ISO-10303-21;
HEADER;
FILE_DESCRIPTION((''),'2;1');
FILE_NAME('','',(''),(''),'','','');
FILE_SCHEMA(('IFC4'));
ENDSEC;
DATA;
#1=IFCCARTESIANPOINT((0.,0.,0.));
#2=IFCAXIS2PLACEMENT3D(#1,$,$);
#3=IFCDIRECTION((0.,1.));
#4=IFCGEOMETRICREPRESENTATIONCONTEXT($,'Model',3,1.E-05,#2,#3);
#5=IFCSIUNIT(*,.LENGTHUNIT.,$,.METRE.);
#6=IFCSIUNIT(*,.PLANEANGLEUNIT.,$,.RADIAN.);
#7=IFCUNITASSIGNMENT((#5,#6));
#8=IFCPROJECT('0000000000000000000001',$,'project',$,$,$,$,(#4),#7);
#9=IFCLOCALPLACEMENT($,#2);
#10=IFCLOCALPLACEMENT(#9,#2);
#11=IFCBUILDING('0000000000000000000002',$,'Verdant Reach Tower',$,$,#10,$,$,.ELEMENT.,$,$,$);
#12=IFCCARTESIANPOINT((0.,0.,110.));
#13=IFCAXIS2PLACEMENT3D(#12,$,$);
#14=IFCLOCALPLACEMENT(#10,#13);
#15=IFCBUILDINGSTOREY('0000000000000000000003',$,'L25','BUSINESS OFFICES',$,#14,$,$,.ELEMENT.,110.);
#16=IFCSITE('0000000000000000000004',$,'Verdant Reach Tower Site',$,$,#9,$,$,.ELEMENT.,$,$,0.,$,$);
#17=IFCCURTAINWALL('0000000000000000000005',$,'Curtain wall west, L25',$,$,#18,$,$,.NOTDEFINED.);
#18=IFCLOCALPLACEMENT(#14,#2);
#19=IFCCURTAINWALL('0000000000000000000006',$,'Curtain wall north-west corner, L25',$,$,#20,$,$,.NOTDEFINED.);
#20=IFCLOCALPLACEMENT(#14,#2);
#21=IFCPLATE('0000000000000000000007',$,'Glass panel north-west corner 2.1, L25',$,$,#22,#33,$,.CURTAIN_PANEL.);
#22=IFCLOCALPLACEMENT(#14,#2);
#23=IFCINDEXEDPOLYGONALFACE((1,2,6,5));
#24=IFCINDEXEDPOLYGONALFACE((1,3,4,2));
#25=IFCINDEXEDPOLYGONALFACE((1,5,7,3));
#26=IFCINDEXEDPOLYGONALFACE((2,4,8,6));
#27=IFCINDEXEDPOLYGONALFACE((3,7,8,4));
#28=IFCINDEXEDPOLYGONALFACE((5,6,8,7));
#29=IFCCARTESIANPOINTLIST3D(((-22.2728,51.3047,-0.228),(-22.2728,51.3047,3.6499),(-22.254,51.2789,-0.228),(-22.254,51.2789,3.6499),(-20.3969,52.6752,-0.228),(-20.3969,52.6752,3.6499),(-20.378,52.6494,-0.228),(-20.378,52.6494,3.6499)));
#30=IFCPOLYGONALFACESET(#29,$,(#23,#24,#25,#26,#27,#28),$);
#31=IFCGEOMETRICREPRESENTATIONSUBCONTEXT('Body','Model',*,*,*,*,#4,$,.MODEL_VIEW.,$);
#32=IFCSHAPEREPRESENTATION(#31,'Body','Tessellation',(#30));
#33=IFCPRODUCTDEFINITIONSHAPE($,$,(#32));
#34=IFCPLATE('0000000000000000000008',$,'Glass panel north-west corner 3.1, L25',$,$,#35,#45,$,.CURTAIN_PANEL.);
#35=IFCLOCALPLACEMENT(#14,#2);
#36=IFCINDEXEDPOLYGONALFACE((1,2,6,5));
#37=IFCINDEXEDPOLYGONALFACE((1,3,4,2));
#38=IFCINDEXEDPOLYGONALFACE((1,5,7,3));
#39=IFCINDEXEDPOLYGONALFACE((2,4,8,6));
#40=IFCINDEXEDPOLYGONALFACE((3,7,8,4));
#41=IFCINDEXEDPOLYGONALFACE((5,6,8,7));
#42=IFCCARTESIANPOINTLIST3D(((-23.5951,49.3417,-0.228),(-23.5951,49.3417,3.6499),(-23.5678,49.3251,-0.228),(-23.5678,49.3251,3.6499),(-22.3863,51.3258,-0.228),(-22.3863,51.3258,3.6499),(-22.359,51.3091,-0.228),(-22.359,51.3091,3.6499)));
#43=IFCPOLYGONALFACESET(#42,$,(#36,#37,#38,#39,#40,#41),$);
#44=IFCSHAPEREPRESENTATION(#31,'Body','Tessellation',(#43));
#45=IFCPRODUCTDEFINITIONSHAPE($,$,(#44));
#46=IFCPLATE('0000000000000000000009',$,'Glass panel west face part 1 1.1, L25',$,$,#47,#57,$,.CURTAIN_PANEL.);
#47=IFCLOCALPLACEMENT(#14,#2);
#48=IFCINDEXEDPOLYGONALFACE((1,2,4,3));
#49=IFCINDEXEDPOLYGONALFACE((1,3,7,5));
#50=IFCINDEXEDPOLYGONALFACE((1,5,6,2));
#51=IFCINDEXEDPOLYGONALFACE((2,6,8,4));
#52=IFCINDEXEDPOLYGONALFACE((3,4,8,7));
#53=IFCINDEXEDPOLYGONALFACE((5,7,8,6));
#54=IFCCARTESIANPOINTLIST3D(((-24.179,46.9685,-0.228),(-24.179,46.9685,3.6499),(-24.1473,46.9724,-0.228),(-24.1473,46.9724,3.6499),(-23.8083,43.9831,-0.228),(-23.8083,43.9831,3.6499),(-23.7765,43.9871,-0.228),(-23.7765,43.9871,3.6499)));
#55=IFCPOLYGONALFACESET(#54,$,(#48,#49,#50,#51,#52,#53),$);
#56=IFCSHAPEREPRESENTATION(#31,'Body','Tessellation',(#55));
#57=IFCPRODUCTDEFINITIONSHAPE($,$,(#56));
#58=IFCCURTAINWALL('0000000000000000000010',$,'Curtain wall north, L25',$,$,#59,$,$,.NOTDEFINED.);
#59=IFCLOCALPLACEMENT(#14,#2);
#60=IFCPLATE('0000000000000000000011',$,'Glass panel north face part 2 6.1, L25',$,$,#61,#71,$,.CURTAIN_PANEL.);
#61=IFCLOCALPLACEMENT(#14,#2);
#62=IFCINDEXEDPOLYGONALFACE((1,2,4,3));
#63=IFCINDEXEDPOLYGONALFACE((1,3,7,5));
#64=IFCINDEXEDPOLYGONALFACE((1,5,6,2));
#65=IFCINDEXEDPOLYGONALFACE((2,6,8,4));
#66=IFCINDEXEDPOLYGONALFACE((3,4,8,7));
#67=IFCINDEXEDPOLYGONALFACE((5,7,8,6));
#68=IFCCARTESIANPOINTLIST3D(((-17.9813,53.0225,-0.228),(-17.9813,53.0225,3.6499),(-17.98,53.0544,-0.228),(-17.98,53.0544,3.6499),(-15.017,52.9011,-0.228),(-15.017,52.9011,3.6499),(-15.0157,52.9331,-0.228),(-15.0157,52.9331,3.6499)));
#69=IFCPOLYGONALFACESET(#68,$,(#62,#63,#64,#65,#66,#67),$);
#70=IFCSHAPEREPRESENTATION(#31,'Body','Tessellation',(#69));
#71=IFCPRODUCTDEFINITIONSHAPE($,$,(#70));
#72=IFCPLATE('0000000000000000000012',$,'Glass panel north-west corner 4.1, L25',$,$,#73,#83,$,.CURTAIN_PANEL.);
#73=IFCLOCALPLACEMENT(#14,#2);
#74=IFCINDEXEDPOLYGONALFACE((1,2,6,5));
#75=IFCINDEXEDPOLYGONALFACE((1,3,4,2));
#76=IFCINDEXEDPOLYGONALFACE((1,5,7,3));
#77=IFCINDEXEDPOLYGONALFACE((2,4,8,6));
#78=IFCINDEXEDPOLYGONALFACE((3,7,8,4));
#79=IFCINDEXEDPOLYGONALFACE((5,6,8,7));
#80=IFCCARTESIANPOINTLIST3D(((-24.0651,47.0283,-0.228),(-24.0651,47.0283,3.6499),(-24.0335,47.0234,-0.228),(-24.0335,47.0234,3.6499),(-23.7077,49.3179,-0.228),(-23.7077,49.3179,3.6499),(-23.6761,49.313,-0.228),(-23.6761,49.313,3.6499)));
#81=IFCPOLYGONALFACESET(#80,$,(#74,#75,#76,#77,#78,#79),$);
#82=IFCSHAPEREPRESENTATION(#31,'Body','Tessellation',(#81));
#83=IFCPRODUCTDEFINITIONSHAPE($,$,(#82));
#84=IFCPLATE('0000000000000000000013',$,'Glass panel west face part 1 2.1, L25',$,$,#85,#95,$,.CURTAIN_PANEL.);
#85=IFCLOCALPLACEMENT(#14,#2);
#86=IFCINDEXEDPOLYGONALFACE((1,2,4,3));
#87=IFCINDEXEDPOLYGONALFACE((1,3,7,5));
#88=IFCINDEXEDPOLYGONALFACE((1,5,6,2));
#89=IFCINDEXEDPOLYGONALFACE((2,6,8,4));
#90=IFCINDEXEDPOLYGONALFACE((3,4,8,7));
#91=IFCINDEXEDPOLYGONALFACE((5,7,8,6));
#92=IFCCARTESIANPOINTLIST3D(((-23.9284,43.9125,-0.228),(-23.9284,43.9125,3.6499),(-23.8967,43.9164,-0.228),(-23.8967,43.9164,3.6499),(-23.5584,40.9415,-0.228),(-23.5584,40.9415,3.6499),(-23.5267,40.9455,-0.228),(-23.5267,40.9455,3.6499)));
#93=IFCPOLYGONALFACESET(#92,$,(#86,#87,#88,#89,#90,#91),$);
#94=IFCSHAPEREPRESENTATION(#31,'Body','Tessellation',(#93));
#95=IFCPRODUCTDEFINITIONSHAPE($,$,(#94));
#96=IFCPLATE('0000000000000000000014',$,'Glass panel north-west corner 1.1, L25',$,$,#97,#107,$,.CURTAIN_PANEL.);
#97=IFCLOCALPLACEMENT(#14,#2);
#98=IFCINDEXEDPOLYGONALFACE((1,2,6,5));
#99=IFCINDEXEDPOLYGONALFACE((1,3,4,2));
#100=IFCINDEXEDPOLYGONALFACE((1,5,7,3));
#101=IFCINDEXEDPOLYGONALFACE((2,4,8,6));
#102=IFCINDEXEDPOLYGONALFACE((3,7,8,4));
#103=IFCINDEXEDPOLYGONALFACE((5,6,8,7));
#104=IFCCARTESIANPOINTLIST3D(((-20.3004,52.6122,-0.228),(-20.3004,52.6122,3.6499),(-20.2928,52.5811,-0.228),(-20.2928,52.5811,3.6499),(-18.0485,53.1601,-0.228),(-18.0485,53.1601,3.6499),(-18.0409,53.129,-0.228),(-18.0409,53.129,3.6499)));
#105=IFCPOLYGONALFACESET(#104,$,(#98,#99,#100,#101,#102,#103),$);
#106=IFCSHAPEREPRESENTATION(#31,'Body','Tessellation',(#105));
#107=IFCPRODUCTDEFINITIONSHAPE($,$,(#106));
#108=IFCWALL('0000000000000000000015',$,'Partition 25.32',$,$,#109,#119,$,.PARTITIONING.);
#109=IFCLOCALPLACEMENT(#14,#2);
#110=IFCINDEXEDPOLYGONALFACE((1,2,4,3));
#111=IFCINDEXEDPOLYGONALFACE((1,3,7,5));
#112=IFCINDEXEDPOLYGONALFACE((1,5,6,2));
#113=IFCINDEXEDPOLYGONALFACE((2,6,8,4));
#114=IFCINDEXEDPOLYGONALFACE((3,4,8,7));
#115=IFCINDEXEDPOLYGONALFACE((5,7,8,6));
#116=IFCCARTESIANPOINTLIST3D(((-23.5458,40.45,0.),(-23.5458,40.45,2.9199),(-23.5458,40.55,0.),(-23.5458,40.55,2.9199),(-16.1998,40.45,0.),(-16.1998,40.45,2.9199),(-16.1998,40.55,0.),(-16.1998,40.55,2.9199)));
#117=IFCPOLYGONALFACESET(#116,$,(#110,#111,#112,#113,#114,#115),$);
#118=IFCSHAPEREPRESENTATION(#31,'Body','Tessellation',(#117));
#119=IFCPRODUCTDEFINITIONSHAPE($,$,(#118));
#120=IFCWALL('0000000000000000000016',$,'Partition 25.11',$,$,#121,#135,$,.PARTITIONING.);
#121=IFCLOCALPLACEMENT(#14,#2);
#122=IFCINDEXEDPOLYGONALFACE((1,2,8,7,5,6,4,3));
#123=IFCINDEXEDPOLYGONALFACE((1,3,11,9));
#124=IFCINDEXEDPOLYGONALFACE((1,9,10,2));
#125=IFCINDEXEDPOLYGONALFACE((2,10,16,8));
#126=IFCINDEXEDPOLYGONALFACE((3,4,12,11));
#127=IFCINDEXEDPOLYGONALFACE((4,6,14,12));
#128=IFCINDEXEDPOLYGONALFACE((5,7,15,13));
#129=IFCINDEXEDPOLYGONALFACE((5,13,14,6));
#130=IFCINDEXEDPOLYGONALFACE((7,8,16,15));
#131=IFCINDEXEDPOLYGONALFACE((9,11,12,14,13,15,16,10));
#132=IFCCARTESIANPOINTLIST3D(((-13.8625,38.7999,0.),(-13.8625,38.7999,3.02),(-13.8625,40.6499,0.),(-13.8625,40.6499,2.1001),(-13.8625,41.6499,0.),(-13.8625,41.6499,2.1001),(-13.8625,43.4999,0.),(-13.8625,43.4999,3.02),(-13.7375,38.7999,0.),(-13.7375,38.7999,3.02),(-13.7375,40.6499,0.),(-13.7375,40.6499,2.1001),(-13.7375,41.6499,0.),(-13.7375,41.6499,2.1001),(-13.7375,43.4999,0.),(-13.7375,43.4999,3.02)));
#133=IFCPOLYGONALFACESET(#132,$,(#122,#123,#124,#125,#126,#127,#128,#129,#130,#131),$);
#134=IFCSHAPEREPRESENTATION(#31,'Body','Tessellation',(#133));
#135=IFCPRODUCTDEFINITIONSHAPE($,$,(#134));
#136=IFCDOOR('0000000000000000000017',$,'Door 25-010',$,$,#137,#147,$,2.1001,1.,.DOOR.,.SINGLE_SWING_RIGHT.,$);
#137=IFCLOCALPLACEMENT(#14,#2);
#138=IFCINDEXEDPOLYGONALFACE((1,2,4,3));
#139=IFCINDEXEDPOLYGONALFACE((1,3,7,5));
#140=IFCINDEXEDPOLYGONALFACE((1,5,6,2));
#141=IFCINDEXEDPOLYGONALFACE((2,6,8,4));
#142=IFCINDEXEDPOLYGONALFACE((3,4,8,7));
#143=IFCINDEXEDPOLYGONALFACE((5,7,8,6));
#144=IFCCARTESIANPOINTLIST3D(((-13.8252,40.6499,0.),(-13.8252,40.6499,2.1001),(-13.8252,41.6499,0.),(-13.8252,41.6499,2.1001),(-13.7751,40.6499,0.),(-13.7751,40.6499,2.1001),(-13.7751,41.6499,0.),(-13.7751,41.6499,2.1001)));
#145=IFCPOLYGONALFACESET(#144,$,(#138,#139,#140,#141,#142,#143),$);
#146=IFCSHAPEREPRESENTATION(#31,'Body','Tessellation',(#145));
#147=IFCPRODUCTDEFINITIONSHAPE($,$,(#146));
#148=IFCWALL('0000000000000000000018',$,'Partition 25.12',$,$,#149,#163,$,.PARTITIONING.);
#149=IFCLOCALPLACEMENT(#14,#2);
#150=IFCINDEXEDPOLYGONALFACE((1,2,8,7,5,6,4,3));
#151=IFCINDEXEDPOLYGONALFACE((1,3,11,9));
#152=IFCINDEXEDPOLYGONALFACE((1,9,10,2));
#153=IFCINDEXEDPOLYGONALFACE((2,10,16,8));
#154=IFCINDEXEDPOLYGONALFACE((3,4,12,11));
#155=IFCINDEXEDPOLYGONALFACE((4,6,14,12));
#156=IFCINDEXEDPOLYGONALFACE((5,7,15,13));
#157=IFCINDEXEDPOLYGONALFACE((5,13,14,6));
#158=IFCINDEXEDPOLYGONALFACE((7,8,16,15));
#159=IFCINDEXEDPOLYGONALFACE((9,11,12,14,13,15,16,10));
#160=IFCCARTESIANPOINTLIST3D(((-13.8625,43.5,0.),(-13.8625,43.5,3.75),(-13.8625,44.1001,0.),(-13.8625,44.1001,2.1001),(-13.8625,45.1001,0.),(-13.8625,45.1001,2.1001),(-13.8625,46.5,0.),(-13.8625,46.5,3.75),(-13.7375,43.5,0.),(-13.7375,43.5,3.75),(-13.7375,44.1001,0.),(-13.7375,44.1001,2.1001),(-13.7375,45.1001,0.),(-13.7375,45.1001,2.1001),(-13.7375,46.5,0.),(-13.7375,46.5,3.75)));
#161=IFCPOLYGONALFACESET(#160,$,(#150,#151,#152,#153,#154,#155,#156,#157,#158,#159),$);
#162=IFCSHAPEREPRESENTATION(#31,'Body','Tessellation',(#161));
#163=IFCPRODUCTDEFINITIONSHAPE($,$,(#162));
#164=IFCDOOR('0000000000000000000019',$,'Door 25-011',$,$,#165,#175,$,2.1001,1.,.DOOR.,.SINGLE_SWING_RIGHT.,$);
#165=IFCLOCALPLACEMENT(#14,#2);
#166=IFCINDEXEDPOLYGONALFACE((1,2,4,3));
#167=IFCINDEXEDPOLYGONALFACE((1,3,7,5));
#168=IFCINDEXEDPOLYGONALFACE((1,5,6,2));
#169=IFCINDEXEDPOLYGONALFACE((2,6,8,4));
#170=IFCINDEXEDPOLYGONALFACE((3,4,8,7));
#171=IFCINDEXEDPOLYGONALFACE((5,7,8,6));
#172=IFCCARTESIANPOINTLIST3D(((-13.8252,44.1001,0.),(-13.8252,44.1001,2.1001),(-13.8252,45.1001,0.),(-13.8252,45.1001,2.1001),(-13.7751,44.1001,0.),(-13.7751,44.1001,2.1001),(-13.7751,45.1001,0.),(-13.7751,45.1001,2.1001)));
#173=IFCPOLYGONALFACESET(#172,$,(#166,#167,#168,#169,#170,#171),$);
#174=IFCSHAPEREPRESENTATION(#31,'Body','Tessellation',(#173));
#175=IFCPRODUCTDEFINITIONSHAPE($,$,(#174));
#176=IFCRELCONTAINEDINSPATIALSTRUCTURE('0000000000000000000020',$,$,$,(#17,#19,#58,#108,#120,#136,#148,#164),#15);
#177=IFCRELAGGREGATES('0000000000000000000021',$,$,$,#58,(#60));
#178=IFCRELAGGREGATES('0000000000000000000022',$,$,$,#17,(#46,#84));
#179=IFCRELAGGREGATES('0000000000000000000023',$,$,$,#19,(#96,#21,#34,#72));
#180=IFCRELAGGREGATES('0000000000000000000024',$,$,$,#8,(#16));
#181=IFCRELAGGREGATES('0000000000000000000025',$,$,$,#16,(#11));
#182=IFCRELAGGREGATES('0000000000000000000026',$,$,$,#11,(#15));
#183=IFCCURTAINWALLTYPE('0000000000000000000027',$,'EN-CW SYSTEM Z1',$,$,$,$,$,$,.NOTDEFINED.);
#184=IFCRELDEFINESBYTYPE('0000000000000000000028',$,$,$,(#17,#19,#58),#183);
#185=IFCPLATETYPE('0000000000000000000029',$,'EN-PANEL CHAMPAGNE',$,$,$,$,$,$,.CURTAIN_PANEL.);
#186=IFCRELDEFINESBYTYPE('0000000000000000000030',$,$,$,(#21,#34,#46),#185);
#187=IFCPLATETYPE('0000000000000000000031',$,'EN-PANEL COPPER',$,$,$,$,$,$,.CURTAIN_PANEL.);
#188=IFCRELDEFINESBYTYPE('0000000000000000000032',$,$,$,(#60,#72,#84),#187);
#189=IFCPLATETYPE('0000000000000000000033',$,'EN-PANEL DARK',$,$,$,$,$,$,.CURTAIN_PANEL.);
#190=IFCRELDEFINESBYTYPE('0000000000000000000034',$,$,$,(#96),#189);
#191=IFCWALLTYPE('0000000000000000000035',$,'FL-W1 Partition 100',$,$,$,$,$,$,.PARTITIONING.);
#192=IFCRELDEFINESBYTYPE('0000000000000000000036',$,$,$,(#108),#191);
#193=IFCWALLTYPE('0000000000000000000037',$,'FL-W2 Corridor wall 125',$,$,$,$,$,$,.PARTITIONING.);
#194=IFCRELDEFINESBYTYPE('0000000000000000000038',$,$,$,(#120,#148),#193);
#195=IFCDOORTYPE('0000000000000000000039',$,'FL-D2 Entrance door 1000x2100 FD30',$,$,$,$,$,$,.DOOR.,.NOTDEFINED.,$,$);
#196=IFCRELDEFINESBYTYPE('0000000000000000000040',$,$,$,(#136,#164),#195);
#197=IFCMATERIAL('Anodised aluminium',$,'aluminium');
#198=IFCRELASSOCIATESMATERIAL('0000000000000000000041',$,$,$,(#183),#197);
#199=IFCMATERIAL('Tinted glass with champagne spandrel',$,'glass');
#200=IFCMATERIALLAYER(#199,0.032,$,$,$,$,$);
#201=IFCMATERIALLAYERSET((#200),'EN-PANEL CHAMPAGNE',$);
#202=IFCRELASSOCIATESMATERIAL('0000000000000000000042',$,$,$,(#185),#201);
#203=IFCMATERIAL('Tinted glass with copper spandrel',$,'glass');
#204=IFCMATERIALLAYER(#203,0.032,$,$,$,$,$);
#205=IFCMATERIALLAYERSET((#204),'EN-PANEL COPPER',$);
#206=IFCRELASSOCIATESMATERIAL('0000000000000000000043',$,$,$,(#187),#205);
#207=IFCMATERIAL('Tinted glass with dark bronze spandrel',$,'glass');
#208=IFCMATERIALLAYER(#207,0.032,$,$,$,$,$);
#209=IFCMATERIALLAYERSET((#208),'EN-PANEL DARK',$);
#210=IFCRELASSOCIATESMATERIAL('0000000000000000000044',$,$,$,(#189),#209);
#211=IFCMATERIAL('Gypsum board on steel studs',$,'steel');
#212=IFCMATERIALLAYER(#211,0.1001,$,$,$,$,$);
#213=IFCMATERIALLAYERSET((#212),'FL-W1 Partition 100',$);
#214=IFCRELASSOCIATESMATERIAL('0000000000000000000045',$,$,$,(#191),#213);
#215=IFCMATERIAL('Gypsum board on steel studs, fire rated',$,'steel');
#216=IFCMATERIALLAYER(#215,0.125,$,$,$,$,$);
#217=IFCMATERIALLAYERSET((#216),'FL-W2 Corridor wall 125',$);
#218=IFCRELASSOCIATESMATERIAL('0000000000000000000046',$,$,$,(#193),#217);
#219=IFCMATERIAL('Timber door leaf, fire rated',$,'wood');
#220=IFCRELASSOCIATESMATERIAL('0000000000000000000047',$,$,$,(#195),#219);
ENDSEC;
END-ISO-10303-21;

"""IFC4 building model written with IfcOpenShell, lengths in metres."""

from ifc_helpers import new_model, si_unit, direction, frame, frame_2d, origin, origin_2d, place, context, subcontext, project, spatial, rectangle, extrude, material, layer, layer_set, type_object, element, fill, aggregate, save


model = new_model("IFC4")

# Units and contexts
model_context = context("Model", 3, precision=1e-05, world=origin(), true_north=direction((0.0, 1.0)))
body_context = subcontext(model_context, "Body", "Model", "MODEL_VIEW")
ifc_project = project(units=[si_unit("LENGTHUNIT", "METRE"), si_unit("PLANEANGLEUNIT", "RADIAN")], contexts=[model_context])

# Site, building, storey
site_placement = place(None, origin())
site = spatial("IfcSite", under=ifc_project, at=site_placement, Name="Verdant Reach Tower Site", CompositionType="ELEMENT", RefElevation=0.0)
building_placement = place(site_placement, origin())
building = spatial("IfcBuilding", under=site, at=building_placement, Name="Verdant Reach Tower", CompositionType="ELEMENT")
storey_placement = place(building_placement, frame((0.0, 0.0, 110.0)))
storey = spatial("IfcBuildingStorey", under=building, at=storey_placement, Name="L25", Description="BUSINESS OFFICES", CompositionType="ELEMENT", Elevation=110.0)

# Curtain wall
ifc_material_1 = material(Name="Anodised aluminium", Category="aluminium")
curtain_wall_type = type_object("IfcCurtainWallType", Name="EN-CW SYSTEM Z1", PredefinedType="NOTDEFINED", material=ifc_material_1)
curtain_wall_1_placement = place(storey_placement, origin())
curtain_wall_1 = element("IfcCurtainWall", 1, at=curtain_wall_1_placement, inside=storey, type_object=curtain_wall_type, Name="Curtain wall west, L25", PredefinedType="NOTDEFINED")

# Curtain wall, plates
curtain_wall_2_placement = place(storey_placement, origin())
curtain_wall_2 = element("IfcCurtainWall", 2, at=curtain_wall_2_placement, inside=storey, type_object=curtain_wall_type, Name="Curtain wall north-west corner, L25", PredefinedType="NOTDEFINED")
ifc_material_2 = material(Name="Tinted glass with champagne spandrel", Category="glass")
ifc_layer_1 = layer(ifc_material_2, 0.032)
ifc_layer_set_1 = layer_set([ifc_layer_1], Name="EN-PANEL CHAMPAGNE")
plate_type_1 = type_object("IfcPlateType", Name="EN-PANEL CHAMPAGNE", PredefinedType="CURTAIN_PANEL", material=ifc_layer_set_1)
plate_1_placement = place(storey_placement, frame((-21.3254, 51.9771, -0.228), z_axis=(0.0, 0.0, 1.0), x_axis=(-0.807457, -0.589927, 0.0)))
plate_1 = element("IfcPlate", 3, at=plate_1_placement, type_object=plate_type_1, Name="Glass panel north-west corner 2.1, L25", PredefinedType="CURTAIN_PANEL", context=body_context, shape_type="SweptSolid", body=[
    extrude(rectangle(XDim=2.3232, YDim=0.032, at=origin_2d()), origin(), (0.0, 0.0, 1.0), 3.8779),
])
plate_2_placement = place(storey_placement, frame((-22.9771, 50.3254, -0.228), z_axis=(0.0, 0.0, 1.0), x_axis=(-0.520292, -0.853989, 0.0)))
plate_2 = element("IfcPlate", 4, at=plate_2_placement, type_object=plate_type_1, Name="Glass panel north-west corner 3.1, L25", PredefinedType="CURTAIN_PANEL", context=body_context, shape_type="SweptSolid", body=[
    extrude(rectangle(XDim=2.3232, YDim=0.032, at=origin_2d()), origin(), (0.0, 0.0, 1.0), 3.8779),
])

# Plate
plate_3_placement = place(storey_placement, frame((-23.9778, 45.4778, -0.228), z_axis=(0.0, 0.0, 1.0), x_axis=(0.123256, -0.992375, 0.0)))
plate_3 = element("IfcPlate", 5, at=plate_3_placement, type_object=plate_type_1, Name="Glass panel west face part 1 1.1, L25", PredefinedType="CURTAIN_PANEL", context=body_context, shape_type="SweptSolid", body=[
    extrude(rectangle(XDim=3.0083, YDim=0.032, at=origin_2d()), origin(), (0.0, 0.0, 1.0), 3.8779),
])

# Curtain wall, plate
curtain_wall_3_placement = place(storey_placement, origin())
curtain_wall_3 = element("IfcCurtainWall", 6, at=curtain_wall_3_placement, inside=storey, type_object=curtain_wall_type, Name="Curtain wall north, L25", PredefinedType="NOTDEFINED")
ifc_material_3 = material(Name="Tinted glass with copper spandrel", Category="glass")
ifc_layer_2 = layer(ifc_material_3, 0.032)
ifc_layer_set_2 = layer_set([ifc_layer_2], Name="EN-PANEL COPPER")
plate_type_2 = type_object("IfcPlateType", Name="EN-PANEL COPPER", PredefinedType="CURTAIN_PANEL", material=ifc_layer_set_2)
plate_4_placement = place(storey_placement, frame((-16.4985, 52.9778, -0.228), z_axis=(0.0, 0.0, 1.0), x_axis=(-0.999163, 0.04091, 0.0)))
plate_4 = element("IfcPlate", 7, at=plate_4_placement, type_object=plate_type_2, Name="Glass panel north face part 2 6.1, L25", PredefinedType="CURTAIN_PANEL", context=body_context, shape_type="SweptSolid", body=[
    extrude(rectangle(XDim=2.9668, YDim=0.032, at=origin_2d()), origin(), (0.0, 0.0, 1.0), 3.8779),
])
aggregate(curtain_wall_3, [plate_4])

# Plates
plate_5_placement = place(storey_placement, frame((-23.8706, 48.1707, -0.228), z_axis=(0.0, 0.0, 1.0), x_axis=(-0.154248, -0.988032, 0.0)))
plate_5 = element("IfcPlate", 8, at=plate_5_placement, type_object=plate_type_2, Name="Glass panel north-west corner 4.1, L25", PredefinedType="CURTAIN_PANEL", context=body_context, shape_type="SweptSolid", body=[
    extrude(rectangle(XDim=2.3174, YDim=0.032, at=origin_2d()), origin(), (0.0, 0.0, 1.0), 3.8779),
])
plate_6_placement = place(storey_placement, frame((-23.7275, 42.429, -0.228), z_axis=(0.0, 0.0, 1.0), x_axis=(0.123579, -0.992335, 0.0)))
plate_6 = element("IfcPlate", 9, at=plate_6_placement, type_object=plate_type_2, Name="Glass panel west face part 1 2.1, L25", PredefinedType="CURTAIN_PANEL", context=body_context, shape_type="SweptSolid", body=[
    extrude(rectangle(XDim=2.9939, YDim=0.032, at=origin_2d()), origin(), (0.0, 0.0, 1.0), 3.8779),
])
aggregate(curtain_wall_1, [plate_3, plate_6])
ifc_material_4 = material(Name="Tinted glass with dark bronze spandrel", Category="glass")
ifc_layer_3 = layer(ifc_material_4, 0.032)
ifc_layer_set_3 = layer_set([ifc_layer_3], Name="EN-PANEL DARK")
plate_type_3 = type_object("IfcPlateType", Name="EN-PANEL DARK", PredefinedType="CURTAIN_PANEL", material=ifc_layer_set_3)
plate_7_placement = place(storey_placement, frame((-19.1707, 52.8706, -0.228), z_axis=(0.0, 0.0, 1.0), x_axis=(-0.971661, -0.23638, 0.0)))
plate_7 = element("IfcPlate", 10, at=plate_7_placement, type_object=plate_type_3, Name="Glass panel north-west corner 1.1, L25", PredefinedType="CURTAIN_PANEL", context=body_context, shape_type="SweptSolid", body=[
    extrude(rectangle(XDim=2.3176, YDim=0.032, at=origin_2d()), origin(), (0.0, 0.0, 1.0), 3.8779),
])
aggregate(curtain_wall_2, [plate_7, plate_1, plate_2, plate_5])

# Wall
ifc_material_5 = material(Name="Gypsum board on steel studs", Category="steel")
ifc_layer_4 = layer(ifc_material_5, 0.1001)
ifc_layer_set_4 = layer_set([ifc_layer_4], Name="FL-W1 Partition 100")
wall_type_1 = type_object("IfcWallType", Name="FL-W1 Partition 100", PredefinedType="PARTITIONING", material=ifc_layer_set_4)
wall_1_placement = place(storey_placement, frame((-16.2, 40.5, 0.0), z_axis=(0.0, 0.0, 1.0), x_axis=(-1.0, 0.0, 0.0)))
element("IfcWall", 11, at=wall_1_placement, inside=storey, type_object=wall_type_1, Name="Partition 25.32", PredefinedType="PARTITIONING", context=body_context, shape_type="SweptSolid", body=[
    extrude(rectangle(XDim=7.3459, YDim=0.1001, at=frame_2d((3.6729, 0.0))), origin(), (0.0, 0.0, 1.0), 2.9199),
])

# Walls, openings, doors
ifc_material_6 = material(Name="Gypsum board on steel studs, fire rated", Category="steel")
ifc_layer_5 = layer(ifc_material_6, 0.125)
ifc_layer_set_5 = layer_set([ifc_layer_5], Name="FL-W2 Corridor wall 125")
wall_type_2 = type_object("IfcWallType", Name="FL-W2 Corridor wall 125", PredefinedType="PARTITIONING", material=ifc_layer_set_5)
wall_2_placement = place(storey_placement, frame((-13.8, 43.5, 0.0), z_axis=(0.0, 0.0, 1.0), x_axis=(0.0, -1.0, 0.0)))
wall_2 = element("IfcWall", 12, at=wall_2_placement, inside=storey, type_object=wall_type_2, Name="Partition 25.11", PredefinedType="PARTITIONING", context=body_context, shape_type="SweptSolid", body=[
    extrude(rectangle(XDim=4.7, YDim=0.125, at=frame_2d((2.3501, 0.0))), origin(), (0.0, 0.0, 1.0), 3.02),
])
opening_1_placement = place(wall_2_placement, frame((1.8501, 0.0, 0.0)))
opening_1 = element("IfcOpeningElement", 13, at=opening_1_placement, cuts=wall_2, PredefinedType="OPENING", context=body_context, shape_type="SweptSolid", body=[
    extrude(rectangle(XDim=1.0, YDim=2.1001, at=frame_2d((0.5, 1.05))), frame((0.0, 0.0725, 0.0), z_axis=(0.0, -1.0, 0.0), x_axis=(1.0, 0.0, 0.0)), (0.0, 0.0, 1.0), 0.145),
])
ifc_material_7 = material(Name="Timber door leaf, fire rated", Category="wood")
door_type = type_object("IfcDoorType", Name="FL-D2 Entrance door 1000x2100 FD30", OperationType="NOTDEFINED", PredefinedType="DOOR", material=ifc_material_7)
door_1_placement = place(opening_1_placement, origin())
door_1 = element("IfcDoor", 14, at=door_1_placement, inside=storey, type_object=door_type, Name="Door 25-010", OperationType="SINGLE_SWING_RIGHT", OverallHeight=2.1001, OverallWidth=1.0, PredefinedType="DOOR", context=body_context, shape_type="SweptSolid", body=[
    extrude(rectangle(XDim=1.0, YDim=2.1001, at=frame_2d((0.5, 1.05))), frame((0.0, 0.0249, 0.0), z_axis=(0.0, -1.0, 0.0), x_axis=(1.0, 0.0, 0.0)), (0.0, 0.0, 1.0), 0.05),
])
fill(opening_1, door_1)
wall_3_placement = place(storey_placement, frame((-13.8, 46.5, 0.0), z_axis=(0.0, 0.0, 1.0), x_axis=(0.0, -1.0, 0.0)))
wall_3 = element("IfcWall", 15, at=wall_3_placement, inside=storey, type_object=wall_type_2, Name="Partition 25.12", PredefinedType="PARTITIONING", context=body_context, shape_type="SweptSolid", body=[
    extrude(rectangle(XDim=3.0, YDim=0.125, at=frame_2d((1.5, 0.0))), origin(), (0.0, 0.0, 1.0), 3.75),
])
opening_2_placement = place(wall_3_placement, frame((1.3999, 0.0, 0.0)))
opening_2 = element("IfcOpeningElement", 16, at=opening_2_placement, cuts=wall_3, PredefinedType="OPENING", context=body_context, shape_type="SweptSolid", body=[
    extrude(rectangle(XDim=1.0, YDim=2.1001, at=frame_2d((0.5, 1.05))), frame((0.0, 0.0725, 0.0), z_axis=(0.0, -1.0, 0.0), x_axis=(1.0, 0.0, 0.0)), (0.0, 0.0, 1.0), 0.145),
])
door_2_placement = place(opening_2_placement, origin())
door_2 = element("IfcDoor", 17, at=door_2_placement, inside=storey, type_object=door_type, Name="Door 25-011", OperationType="SINGLE_SWING_RIGHT", OverallHeight=2.1001, OverallWidth=1.0, PredefinedType="DOOR", context=body_context, shape_type="SweptSolid", body=[
    extrude(rectangle(XDim=1.0, YDim=2.1001, at=frame_2d((0.5, 1.05))), frame((0.0, 0.0249, 0.0), z_axis=(0.0, -1.0, 0.0), x_axis=(1.0, 0.0, 0.0)), (0.0, 0.0, 1.0), 0.05),
])
fill(opening_2, door_2)

save(model, "model.ifc")
